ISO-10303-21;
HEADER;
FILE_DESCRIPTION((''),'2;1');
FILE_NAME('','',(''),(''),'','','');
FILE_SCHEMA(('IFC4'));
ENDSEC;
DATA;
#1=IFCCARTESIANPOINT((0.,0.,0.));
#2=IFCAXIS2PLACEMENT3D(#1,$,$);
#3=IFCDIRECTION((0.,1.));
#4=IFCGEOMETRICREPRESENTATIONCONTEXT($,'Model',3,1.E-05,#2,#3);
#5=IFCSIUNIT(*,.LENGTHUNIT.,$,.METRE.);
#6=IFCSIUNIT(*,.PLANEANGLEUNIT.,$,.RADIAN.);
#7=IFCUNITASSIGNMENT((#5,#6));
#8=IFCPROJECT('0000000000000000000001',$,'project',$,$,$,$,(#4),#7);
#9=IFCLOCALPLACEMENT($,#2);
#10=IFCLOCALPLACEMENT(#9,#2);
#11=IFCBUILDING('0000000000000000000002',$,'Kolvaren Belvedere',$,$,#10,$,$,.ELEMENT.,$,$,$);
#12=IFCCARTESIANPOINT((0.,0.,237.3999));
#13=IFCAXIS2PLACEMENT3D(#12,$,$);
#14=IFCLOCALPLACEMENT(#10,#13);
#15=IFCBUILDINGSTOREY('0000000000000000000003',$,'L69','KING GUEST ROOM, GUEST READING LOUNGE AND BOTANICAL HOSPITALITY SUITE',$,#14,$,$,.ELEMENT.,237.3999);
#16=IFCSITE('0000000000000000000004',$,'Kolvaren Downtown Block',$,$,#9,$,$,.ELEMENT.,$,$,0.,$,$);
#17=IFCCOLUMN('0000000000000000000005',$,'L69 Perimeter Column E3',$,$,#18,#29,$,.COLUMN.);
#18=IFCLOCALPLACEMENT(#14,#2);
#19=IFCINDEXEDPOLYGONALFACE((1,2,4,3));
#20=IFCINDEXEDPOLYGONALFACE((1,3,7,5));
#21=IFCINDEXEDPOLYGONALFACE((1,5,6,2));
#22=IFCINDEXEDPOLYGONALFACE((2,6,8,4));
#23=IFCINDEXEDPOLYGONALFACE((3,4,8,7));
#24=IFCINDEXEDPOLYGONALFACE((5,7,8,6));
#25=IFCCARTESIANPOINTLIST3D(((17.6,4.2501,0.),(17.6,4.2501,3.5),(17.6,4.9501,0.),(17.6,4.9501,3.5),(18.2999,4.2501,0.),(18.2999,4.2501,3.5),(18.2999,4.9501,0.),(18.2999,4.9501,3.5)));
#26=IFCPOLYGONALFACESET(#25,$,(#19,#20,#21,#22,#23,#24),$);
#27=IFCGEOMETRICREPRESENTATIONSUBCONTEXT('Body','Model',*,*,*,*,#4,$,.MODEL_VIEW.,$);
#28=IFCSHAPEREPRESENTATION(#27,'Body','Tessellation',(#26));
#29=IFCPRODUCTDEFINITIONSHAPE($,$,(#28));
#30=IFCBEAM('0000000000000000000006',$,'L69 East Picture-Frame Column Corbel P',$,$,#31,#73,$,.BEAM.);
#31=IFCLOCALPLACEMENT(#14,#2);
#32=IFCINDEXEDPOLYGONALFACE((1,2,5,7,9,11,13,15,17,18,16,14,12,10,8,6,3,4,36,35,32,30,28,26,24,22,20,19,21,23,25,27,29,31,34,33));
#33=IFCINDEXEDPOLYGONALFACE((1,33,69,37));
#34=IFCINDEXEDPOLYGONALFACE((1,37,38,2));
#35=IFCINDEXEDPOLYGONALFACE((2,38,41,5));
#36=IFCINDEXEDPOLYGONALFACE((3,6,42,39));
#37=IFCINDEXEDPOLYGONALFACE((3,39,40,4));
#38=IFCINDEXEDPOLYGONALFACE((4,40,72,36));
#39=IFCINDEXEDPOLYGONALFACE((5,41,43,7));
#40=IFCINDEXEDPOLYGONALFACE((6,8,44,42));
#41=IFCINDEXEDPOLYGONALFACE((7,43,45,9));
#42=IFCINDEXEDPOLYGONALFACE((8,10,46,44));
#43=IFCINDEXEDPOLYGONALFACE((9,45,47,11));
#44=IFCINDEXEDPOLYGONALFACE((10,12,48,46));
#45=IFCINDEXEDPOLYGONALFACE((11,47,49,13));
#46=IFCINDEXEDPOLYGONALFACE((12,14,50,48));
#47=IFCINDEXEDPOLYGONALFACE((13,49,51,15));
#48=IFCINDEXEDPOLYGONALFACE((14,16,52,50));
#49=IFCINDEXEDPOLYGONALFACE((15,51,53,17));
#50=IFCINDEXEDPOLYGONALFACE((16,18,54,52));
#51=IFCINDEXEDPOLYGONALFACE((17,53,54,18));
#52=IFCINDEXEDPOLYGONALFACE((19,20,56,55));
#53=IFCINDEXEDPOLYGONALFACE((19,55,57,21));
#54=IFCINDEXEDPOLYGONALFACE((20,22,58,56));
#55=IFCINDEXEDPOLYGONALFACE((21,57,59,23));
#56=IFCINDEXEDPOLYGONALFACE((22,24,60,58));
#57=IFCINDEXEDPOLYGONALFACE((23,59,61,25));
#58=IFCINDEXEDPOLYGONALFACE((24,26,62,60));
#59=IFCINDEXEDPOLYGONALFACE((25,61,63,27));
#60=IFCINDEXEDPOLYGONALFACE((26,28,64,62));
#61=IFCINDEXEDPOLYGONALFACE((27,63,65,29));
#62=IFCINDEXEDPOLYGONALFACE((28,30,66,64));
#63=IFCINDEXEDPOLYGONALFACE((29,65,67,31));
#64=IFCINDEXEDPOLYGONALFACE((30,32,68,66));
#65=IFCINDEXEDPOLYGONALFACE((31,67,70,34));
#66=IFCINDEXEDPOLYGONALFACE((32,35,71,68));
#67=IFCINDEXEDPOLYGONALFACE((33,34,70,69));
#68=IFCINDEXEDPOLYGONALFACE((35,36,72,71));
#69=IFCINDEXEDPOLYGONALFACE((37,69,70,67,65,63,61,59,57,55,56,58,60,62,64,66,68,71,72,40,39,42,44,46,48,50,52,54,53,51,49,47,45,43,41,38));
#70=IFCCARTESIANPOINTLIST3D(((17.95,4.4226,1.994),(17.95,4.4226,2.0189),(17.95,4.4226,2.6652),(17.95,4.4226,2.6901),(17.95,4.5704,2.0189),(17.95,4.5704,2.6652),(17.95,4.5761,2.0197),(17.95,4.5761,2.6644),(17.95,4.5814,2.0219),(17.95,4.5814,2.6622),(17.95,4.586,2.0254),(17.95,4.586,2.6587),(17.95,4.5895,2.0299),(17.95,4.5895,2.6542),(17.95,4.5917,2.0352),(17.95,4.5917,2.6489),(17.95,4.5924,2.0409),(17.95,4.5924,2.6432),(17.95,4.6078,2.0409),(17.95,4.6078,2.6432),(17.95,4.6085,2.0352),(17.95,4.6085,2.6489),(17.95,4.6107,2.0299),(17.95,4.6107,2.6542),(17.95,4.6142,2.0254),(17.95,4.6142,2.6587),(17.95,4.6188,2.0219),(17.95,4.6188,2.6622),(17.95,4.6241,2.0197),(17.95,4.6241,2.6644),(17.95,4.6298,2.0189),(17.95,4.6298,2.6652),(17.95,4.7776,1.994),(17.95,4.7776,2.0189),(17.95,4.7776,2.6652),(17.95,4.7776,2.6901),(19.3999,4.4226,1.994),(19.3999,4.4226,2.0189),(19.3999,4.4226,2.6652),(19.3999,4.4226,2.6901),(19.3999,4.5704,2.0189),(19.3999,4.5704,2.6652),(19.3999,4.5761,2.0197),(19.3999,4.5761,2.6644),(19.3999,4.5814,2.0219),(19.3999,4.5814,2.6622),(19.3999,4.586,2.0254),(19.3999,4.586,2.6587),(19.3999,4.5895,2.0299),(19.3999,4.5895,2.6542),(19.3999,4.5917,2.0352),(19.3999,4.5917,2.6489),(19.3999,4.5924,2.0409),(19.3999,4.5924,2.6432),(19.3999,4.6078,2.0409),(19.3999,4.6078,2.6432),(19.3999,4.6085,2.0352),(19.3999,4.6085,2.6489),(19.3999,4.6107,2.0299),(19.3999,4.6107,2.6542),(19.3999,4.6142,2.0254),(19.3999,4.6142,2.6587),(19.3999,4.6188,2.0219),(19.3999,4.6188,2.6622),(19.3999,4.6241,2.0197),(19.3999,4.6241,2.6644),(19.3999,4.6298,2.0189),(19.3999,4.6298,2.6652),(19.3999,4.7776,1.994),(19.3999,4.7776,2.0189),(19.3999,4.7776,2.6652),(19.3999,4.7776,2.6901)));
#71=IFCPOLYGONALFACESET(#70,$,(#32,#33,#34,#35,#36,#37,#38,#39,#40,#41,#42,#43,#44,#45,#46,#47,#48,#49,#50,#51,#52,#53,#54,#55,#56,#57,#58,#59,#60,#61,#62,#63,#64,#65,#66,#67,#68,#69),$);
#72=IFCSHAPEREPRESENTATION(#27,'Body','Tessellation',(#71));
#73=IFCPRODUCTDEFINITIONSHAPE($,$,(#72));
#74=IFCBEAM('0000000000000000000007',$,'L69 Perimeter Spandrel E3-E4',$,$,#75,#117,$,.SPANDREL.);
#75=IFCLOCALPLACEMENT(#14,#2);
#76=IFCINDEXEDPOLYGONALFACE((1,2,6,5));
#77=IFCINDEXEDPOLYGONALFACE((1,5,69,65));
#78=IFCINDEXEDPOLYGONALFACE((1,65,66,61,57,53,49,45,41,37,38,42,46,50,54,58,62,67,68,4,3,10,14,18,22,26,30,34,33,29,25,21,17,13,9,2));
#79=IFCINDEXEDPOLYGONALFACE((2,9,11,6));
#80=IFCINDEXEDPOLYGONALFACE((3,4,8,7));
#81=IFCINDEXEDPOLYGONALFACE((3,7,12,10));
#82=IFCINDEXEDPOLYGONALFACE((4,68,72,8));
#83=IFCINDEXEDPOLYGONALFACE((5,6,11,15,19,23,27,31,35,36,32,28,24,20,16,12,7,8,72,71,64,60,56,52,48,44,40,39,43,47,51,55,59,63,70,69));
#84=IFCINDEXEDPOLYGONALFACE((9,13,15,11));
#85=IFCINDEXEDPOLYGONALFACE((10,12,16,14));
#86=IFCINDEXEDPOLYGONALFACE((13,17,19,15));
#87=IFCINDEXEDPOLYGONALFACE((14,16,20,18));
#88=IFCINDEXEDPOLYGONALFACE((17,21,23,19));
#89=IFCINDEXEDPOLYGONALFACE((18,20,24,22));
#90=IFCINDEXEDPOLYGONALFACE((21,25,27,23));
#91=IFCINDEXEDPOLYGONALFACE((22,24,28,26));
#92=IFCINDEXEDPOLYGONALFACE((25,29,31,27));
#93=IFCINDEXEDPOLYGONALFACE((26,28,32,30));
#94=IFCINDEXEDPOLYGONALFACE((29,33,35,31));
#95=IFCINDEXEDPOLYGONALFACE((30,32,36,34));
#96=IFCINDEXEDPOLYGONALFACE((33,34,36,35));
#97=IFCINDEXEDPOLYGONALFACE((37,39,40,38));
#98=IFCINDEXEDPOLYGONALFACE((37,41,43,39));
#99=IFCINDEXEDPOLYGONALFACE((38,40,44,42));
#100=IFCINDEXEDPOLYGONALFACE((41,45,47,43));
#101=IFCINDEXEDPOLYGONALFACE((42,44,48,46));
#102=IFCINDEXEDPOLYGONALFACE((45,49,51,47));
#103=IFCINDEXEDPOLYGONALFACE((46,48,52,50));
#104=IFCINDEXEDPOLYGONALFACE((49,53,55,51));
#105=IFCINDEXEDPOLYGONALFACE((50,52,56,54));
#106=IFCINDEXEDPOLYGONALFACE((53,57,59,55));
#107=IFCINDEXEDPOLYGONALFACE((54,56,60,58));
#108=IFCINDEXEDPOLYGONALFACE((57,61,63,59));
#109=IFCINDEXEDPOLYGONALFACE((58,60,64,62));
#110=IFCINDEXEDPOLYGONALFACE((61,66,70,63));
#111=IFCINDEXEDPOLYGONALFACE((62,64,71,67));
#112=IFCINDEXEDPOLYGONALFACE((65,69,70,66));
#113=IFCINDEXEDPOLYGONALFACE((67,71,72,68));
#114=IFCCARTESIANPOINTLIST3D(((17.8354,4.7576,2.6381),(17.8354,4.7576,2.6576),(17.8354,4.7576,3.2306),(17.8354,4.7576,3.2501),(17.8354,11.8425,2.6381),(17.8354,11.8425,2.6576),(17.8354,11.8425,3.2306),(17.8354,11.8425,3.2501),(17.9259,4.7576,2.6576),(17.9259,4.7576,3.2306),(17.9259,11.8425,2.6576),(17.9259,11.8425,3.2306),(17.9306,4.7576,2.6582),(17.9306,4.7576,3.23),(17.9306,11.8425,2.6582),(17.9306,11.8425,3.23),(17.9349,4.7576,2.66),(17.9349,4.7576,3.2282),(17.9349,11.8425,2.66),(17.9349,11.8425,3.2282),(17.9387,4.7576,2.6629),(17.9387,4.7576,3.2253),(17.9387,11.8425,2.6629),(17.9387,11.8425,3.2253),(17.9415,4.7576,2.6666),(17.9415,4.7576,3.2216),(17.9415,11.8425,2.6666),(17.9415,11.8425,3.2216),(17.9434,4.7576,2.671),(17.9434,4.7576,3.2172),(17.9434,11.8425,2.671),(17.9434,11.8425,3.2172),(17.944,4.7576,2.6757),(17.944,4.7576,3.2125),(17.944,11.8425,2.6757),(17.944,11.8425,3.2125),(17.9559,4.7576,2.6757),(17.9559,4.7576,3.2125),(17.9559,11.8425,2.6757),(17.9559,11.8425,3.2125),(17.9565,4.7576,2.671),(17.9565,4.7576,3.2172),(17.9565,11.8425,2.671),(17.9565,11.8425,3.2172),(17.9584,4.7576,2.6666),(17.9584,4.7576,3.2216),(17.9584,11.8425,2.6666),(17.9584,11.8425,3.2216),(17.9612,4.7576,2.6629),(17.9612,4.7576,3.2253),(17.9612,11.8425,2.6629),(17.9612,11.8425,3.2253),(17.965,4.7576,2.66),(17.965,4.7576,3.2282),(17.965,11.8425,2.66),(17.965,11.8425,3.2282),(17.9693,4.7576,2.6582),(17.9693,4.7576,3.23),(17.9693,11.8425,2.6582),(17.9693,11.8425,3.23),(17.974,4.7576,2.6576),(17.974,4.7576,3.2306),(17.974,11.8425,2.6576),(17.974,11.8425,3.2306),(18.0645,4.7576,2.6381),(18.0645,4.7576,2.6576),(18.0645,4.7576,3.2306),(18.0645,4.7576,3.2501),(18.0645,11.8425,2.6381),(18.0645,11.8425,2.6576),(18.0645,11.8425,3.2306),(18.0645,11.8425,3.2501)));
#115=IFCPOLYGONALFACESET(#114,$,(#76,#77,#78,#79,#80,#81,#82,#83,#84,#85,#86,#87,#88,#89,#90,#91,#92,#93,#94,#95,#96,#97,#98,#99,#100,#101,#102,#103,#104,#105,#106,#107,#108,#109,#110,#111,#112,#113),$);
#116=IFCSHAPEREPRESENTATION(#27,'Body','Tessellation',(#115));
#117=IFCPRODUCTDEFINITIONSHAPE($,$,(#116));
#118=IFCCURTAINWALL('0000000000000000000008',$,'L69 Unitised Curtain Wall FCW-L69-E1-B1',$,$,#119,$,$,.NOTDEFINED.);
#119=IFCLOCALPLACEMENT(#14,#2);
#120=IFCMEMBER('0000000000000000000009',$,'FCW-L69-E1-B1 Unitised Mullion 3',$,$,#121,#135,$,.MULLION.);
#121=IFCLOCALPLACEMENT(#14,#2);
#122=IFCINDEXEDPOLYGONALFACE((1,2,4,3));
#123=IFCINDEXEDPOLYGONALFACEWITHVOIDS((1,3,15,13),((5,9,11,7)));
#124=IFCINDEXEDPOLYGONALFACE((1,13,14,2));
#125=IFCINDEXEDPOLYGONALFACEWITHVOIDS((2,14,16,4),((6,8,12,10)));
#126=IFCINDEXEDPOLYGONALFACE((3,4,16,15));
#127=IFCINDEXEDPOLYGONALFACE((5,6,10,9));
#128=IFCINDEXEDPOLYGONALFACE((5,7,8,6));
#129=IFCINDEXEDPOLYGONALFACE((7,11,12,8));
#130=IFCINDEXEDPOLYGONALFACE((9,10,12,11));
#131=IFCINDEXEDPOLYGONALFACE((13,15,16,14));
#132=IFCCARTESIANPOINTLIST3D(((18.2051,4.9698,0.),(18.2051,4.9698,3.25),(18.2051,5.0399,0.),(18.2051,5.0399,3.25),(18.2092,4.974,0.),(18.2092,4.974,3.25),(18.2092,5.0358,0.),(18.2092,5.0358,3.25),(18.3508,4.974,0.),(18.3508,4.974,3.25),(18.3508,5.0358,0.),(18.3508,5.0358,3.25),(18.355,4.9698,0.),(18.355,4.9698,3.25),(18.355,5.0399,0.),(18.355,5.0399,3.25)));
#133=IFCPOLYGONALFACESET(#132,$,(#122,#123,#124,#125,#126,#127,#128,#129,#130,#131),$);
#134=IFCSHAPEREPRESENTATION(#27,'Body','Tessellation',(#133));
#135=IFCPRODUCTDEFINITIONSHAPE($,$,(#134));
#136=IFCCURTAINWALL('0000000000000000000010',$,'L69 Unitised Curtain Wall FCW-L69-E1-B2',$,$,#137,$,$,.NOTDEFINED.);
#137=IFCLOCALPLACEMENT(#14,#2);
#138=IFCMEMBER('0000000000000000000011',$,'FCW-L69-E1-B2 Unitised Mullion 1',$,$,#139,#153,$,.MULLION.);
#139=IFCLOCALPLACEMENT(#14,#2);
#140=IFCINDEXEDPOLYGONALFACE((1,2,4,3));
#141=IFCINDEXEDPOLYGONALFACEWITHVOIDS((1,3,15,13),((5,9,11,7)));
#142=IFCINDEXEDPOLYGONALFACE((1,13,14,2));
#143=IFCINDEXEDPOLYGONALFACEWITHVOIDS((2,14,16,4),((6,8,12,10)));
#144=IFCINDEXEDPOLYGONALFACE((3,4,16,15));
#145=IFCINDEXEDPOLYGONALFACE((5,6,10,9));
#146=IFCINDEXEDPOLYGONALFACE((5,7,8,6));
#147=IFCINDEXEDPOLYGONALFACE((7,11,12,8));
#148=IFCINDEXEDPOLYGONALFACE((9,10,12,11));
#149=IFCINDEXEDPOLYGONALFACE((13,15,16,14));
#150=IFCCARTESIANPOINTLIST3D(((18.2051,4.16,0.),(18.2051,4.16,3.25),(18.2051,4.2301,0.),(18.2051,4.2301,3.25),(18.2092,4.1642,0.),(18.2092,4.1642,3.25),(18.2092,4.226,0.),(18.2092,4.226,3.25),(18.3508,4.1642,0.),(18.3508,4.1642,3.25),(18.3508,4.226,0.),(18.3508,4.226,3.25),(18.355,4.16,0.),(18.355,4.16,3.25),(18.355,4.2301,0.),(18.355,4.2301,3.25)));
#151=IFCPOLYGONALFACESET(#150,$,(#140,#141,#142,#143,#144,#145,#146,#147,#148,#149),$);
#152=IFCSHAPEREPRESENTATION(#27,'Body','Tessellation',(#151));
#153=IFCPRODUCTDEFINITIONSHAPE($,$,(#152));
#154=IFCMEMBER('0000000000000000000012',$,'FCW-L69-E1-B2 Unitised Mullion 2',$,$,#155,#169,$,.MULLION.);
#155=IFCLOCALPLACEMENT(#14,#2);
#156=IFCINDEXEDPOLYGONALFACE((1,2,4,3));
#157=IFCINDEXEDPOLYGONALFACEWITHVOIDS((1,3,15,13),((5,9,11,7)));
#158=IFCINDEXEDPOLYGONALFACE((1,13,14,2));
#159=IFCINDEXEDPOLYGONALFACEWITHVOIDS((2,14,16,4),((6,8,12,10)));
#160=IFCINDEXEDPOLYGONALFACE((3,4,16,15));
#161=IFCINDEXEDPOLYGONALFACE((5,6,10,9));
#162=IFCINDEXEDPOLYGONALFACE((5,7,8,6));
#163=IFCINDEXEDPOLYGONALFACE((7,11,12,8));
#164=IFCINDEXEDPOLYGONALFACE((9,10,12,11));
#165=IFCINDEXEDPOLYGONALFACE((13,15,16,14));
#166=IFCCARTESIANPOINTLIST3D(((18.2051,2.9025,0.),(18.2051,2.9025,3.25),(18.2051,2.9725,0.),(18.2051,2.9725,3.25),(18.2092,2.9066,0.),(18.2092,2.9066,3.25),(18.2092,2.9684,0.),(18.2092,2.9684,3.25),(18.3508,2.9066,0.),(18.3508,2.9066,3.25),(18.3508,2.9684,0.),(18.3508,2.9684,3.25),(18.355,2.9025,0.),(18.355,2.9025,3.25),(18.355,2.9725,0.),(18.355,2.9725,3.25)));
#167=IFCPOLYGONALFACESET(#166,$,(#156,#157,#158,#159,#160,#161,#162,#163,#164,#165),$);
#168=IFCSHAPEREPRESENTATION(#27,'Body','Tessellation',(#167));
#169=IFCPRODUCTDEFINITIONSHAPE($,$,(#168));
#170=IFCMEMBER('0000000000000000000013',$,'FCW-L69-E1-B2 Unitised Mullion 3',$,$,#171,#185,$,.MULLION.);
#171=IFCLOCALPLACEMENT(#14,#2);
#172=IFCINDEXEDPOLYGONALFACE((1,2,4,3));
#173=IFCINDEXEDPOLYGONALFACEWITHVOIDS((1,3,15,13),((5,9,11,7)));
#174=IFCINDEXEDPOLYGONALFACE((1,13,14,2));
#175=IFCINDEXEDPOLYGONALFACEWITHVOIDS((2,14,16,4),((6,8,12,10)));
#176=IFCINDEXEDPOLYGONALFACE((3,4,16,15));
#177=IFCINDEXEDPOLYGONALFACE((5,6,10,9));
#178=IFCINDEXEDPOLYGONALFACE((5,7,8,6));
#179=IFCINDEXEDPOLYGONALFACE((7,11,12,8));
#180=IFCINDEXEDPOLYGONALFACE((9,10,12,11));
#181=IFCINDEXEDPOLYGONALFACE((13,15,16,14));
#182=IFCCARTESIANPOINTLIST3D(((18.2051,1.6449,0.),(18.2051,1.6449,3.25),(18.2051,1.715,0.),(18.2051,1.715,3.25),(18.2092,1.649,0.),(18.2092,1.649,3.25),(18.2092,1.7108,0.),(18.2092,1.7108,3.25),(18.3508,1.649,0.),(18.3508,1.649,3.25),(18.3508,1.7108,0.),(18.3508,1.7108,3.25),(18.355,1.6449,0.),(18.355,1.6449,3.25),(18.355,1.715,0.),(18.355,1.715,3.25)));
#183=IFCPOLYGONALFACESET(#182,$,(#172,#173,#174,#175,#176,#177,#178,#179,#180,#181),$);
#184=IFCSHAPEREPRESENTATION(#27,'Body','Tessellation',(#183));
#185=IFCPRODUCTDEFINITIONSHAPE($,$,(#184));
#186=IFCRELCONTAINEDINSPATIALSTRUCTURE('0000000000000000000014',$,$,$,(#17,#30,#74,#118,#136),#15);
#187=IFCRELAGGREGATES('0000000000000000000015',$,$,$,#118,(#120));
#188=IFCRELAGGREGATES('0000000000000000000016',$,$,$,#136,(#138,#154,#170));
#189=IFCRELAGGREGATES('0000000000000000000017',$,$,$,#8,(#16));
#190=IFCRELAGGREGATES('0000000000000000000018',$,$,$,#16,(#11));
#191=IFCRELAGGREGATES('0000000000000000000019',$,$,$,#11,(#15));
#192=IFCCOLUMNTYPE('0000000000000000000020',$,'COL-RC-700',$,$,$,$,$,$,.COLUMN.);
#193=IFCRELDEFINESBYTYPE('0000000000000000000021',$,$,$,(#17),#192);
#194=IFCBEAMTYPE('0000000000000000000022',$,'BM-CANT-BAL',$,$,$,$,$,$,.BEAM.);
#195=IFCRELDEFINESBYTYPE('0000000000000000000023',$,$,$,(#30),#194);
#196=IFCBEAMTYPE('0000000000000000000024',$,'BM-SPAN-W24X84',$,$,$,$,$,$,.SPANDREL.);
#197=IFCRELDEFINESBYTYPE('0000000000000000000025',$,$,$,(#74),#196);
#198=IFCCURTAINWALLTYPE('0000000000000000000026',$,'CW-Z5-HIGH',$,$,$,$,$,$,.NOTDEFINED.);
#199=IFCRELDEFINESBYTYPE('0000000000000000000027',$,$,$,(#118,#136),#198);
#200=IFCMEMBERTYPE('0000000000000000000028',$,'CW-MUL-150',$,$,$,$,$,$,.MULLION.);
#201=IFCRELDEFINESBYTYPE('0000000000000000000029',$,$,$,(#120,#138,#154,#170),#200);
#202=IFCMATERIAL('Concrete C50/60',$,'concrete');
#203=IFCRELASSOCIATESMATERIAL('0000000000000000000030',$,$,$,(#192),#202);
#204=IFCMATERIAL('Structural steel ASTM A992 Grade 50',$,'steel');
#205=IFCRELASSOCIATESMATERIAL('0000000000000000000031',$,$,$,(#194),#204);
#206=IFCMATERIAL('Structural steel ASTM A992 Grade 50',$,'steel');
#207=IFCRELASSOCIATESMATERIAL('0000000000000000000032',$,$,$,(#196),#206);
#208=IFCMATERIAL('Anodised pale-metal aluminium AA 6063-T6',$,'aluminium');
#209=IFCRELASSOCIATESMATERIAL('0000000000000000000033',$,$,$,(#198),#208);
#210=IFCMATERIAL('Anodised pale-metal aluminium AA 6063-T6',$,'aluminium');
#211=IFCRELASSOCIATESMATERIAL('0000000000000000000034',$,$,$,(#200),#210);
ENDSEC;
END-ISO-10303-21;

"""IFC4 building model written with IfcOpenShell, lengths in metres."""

from ifc_helpers import new_model, si_unit, direction, frame, origin, origin_2d, place, context, subcontext, project, spatial, rectangle, hollow_rectangle, i_section, extrude, material, material_profile, profile_set, type_object, element, aggregate, save


model = new_model("IFC4")

# Units and contexts
model_context = context("Model", 3, precision=1e-05, world=origin(), true_north=direction((0.0, 1.0)))
body_context = subcontext(model_context, "Body", "Model", "MODEL_VIEW")
ifc_project = project(units=[si_unit("LENGTHUNIT", "METRE"), si_unit("PLANEANGLEUNIT", "RADIAN")], contexts=[model_context])

# Site, building, storey
site_placement = place(None, origin())
site = spatial("IfcSite", under=ifc_project, at=site_placement, Name="Kolvaren Downtown Block", CompositionType="ELEMENT", RefElevation=0.0)
building_placement = place(site_placement, origin())
building = spatial("IfcBuilding", under=site, at=building_placement, Name="Kolvaren Belvedere", CompositionType="ELEMENT")
storey_placement = place(building_placement, frame((0.0, 0.0, 237.3999)))
storey = spatial("IfcBuildingStorey", under=building, at=storey_placement, Name="L69", Description="KING GUEST ROOM, GUEST READING LOUNGE AND BOTANICAL HOSPITALITY SUITE", CompositionType="ELEMENT", Elevation=237.3999)

# Column
ifc_material_1 = material(Name="Concrete C50/60", Category="concrete")
ifc_material_profile_1 = material_profile(ifc_material_1, rectangle(XDim=0.7, YDim=0.7, at=origin_2d()), Name="RC 700X700")
ifc_profile_set_1 = profile_set([ifc_material_profile_1], Name="Concrete C50/60")
column_type = type_object("IfcColumnType", Name="COL-RC-700", PredefinedType="COLUMN", material=ifc_profile_set_1)
column_placement = place(storey_placement, frame((17.95, 4.6001, 0.0), z_axis=(0.0, 0.0, 1.0), x_axis=(1.0, 0.0, 0.0)))
element("IfcColumn", 1, at=column_placement, inside=storey, type_object=column_type, Name="L69 Perimeter Column E3", PredefinedType="COLUMN", context=body_context, shape_type="SweptSolid", body=[
    extrude(rectangle(XDim=0.7, YDim=0.7, at=origin_2d()), origin(), (0.0, 0.0, 1.0), 3.5),
])

# Beams
ifc_material_2 = material(Name="Structural steel ASTM A992 Grade 50", Category="steel")
ifc_material_profile_2 = material_profile(ifc_material_2, i_section(OverallWidth=0.355, OverallDepth=0.696, WebThickness=0.0154, FlangeThickness=0.0249, FilletRadius=0.022, at=origin_2d()), Name="W27X146")
ifc_profile_set_2 = profile_set([ifc_material_profile_2], Name="Structural steel ASTM A992 Grade 50")
beam_type_1 = type_object("IfcBeamType", Name="BM-CANT-BAL", PredefinedType="BEAM", material=ifc_profile_set_2)
beam_1_placement = place(storey_placement, frame((17.95, 4.6001, 2.342), z_axis=(1.0, 0.0, 0.0), x_axis=(0.0, 1.0, 0.0)))
element("IfcBeam", 2, at=beam_1_placement, inside=storey, type_object=beam_type_1, Name="L69 East Picture-Frame Column Corbel P", PredefinedType="BEAM", context=body_context, shape_type="SweptSolid", body=[
    extrude(i_section(OverallWidth=0.355, OverallDepth=0.696, WebThickness=0.0154, FlangeThickness=0.0249, FilletRadius=0.022, at=origin_2d()), origin(), (0.0, 0.0, 1.0), 1.45),
])
ifc_material_3 = material(Name="Structural steel ASTM A992 Grade 50", Category="steel")
ifc_material_profile_3 = material_profile(ifc_material_3, i_section(OverallWidth=0.229, OverallDepth=0.6121, WebThickness=0.012, FlangeThickness=0.0195, FilletRadius=0.0181, at=origin_2d()), Name="W24X84")
ifc_profile_set_3 = profile_set([ifc_material_profile_3], Name="Structural steel ASTM A992 Grade 50")
beam_type_2 = type_object("IfcBeamType", Name="BM-SPAN-W24X84", PredefinedType="SPANDREL", material=ifc_profile_set_3)
beam_2_placement = place(storey_placement, frame((17.95, 4.7576, 2.9441), z_axis=(0.0, 1.0, 0.0), x_axis=(-1.0, 0.0, 0.0)))
element("IfcBeam", 3, at=beam_2_placement, inside=storey, type_object=beam_type_2, Name="L69 Perimeter Spandrel E3-E4", PredefinedType="SPANDREL", context=body_context, shape_type="SweptSolid", body=[
    extrude(i_section(OverallWidth=0.229, OverallDepth=0.6121, WebThickness=0.012, FlangeThickness=0.0195, FilletRadius=0.0181, at=origin_2d()), origin(), (0.0, 0.0, 1.0), 7.085),
])

# Curtain wall, member
ifc_material_4 = material(Name="Anodised pale-metal aluminium AA 6063-T6", Category="aluminium")
curtain_wall_type = type_object("IfcCurtainWallType", Name="CW-Z5-HIGH", PredefinedType="NOTDEFINED", material=ifc_material_4)
curtain_wall_1_placement = place(storey_placement, origin())
curtain_wall_1 = element("IfcCurtainWall", 4, at=curtain_wall_1_placement, inside=storey, type_object=curtain_wall_type, Name="L69 Unitised Curtain Wall FCW-L69-E1-B1", PredefinedType="NOTDEFINED")
ifc_material_5 = material(Name="Anodised pale-metal aluminium AA 6063-T6", Category="aluminium")
ifc_material_profile_4 = material_profile(ifc_material_5, hollow_rectangle(XDim=0.0701, YDim=0.1499, WallThickness=0.0042, at=origin_2d()), Name="ALU-MUL-150X70")
ifc_profile_set_4 = profile_set([ifc_material_profile_4], Name="Anodised pale-metal aluminium AA 6063-T6")
member_type_1 = type_object("IfcMemberType", Name="CW-MUL-150", PredefinedType="MULLION", material=ifc_profile_set_4)
member_1_placement = place(storey_placement, frame((18.28, 5.0049, 0.0), z_axis=(0.0, 0.0, 1.0), x_axis=(0.0, 1.0, 0.0)))
member_1 = element("IfcMember", 5, at=member_1_placement, type_object=member_type_1, Name="FCW-L69-E1-B1 Unitised Mullion 3", PredefinedType="MULLION", context=body_context, shape_type="SweptSolid", body=[
    extrude(hollow_rectangle(XDim=0.0701, YDim=0.1499, WallThickness=0.0042, at=origin_2d()), origin(), (0.0, 0.0, 1.0), 3.25),
])

# Curtain wall, members
curtain_wall_2_placement = place(storey_placement, origin())
curtain_wall_2 = element("IfcCurtainWall", 6, at=curtain_wall_2_placement, inside=storey, type_object=curtain_wall_type, Name="L69 Unitised Curtain Wall FCW-L69-E1-B2", PredefinedType="NOTDEFINED")
member_2_placement = place(storey_placement, frame((18.28, 4.1951, 0.0), z_axis=(0.0, 0.0, 1.0), x_axis=(0.0, 1.0, 0.0)))
member_2 = element("IfcMember", 7, at=member_2_placement, type_object=member_type_1, Name="FCW-L69-E1-B2 Unitised Mullion 1", PredefinedType="MULLION", context=body_context, shape_type="SweptSolid", body=[
    extrude(hollow_rectangle(XDim=0.0701, YDim=0.1499, WallThickness=0.0042, at=origin_2d()), origin(), (0.0, 0.0, 1.0), 3.25),
])
member_3_placement = place(storey_placement, frame((18.28, 2.9375, 0.0), z_axis=(0.0, 0.0, 1.0), x_axis=(0.0, 1.0, 0.0)))
member_3 = element("IfcMember", 8, at=member_3_placement, type_object=member_type_1, Name="FCW-L69-E1-B2 Unitised Mullion 2", PredefinedType="MULLION", context=body_context, shape_type="SweptSolid", body=[
    extrude(hollow_rectangle(XDim=0.0701, YDim=0.1499, WallThickness=0.0042, at=origin_2d()), origin(), (0.0, 0.0, 1.0), 3.25),
])
member_4_placement = place(storey_placement, frame((18.28, 1.6799, 0.0), z_axis=(0.0, 0.0, 1.0), x_axis=(0.0, 1.0, 0.0)))
member_4 = element("IfcMember", 9, at=member_4_placement, type_object=member_type_1, Name="FCW-L69-E1-B2 Unitised Mullion 3", PredefinedType="MULLION", context=body_context, shape_type="SweptSolid", body=[
    extrude(hollow_rectangle(XDim=0.0701, YDim=0.1499, WallThickness=0.0042, at=origin_2d()), origin(), (0.0, 0.0, 1.0), 3.25),
])

aggregate(curtain_wall_1, [member_1])
aggregate(curtain_wall_2, [member_2, member_3, member_4])

save(model, "model.ifc")
